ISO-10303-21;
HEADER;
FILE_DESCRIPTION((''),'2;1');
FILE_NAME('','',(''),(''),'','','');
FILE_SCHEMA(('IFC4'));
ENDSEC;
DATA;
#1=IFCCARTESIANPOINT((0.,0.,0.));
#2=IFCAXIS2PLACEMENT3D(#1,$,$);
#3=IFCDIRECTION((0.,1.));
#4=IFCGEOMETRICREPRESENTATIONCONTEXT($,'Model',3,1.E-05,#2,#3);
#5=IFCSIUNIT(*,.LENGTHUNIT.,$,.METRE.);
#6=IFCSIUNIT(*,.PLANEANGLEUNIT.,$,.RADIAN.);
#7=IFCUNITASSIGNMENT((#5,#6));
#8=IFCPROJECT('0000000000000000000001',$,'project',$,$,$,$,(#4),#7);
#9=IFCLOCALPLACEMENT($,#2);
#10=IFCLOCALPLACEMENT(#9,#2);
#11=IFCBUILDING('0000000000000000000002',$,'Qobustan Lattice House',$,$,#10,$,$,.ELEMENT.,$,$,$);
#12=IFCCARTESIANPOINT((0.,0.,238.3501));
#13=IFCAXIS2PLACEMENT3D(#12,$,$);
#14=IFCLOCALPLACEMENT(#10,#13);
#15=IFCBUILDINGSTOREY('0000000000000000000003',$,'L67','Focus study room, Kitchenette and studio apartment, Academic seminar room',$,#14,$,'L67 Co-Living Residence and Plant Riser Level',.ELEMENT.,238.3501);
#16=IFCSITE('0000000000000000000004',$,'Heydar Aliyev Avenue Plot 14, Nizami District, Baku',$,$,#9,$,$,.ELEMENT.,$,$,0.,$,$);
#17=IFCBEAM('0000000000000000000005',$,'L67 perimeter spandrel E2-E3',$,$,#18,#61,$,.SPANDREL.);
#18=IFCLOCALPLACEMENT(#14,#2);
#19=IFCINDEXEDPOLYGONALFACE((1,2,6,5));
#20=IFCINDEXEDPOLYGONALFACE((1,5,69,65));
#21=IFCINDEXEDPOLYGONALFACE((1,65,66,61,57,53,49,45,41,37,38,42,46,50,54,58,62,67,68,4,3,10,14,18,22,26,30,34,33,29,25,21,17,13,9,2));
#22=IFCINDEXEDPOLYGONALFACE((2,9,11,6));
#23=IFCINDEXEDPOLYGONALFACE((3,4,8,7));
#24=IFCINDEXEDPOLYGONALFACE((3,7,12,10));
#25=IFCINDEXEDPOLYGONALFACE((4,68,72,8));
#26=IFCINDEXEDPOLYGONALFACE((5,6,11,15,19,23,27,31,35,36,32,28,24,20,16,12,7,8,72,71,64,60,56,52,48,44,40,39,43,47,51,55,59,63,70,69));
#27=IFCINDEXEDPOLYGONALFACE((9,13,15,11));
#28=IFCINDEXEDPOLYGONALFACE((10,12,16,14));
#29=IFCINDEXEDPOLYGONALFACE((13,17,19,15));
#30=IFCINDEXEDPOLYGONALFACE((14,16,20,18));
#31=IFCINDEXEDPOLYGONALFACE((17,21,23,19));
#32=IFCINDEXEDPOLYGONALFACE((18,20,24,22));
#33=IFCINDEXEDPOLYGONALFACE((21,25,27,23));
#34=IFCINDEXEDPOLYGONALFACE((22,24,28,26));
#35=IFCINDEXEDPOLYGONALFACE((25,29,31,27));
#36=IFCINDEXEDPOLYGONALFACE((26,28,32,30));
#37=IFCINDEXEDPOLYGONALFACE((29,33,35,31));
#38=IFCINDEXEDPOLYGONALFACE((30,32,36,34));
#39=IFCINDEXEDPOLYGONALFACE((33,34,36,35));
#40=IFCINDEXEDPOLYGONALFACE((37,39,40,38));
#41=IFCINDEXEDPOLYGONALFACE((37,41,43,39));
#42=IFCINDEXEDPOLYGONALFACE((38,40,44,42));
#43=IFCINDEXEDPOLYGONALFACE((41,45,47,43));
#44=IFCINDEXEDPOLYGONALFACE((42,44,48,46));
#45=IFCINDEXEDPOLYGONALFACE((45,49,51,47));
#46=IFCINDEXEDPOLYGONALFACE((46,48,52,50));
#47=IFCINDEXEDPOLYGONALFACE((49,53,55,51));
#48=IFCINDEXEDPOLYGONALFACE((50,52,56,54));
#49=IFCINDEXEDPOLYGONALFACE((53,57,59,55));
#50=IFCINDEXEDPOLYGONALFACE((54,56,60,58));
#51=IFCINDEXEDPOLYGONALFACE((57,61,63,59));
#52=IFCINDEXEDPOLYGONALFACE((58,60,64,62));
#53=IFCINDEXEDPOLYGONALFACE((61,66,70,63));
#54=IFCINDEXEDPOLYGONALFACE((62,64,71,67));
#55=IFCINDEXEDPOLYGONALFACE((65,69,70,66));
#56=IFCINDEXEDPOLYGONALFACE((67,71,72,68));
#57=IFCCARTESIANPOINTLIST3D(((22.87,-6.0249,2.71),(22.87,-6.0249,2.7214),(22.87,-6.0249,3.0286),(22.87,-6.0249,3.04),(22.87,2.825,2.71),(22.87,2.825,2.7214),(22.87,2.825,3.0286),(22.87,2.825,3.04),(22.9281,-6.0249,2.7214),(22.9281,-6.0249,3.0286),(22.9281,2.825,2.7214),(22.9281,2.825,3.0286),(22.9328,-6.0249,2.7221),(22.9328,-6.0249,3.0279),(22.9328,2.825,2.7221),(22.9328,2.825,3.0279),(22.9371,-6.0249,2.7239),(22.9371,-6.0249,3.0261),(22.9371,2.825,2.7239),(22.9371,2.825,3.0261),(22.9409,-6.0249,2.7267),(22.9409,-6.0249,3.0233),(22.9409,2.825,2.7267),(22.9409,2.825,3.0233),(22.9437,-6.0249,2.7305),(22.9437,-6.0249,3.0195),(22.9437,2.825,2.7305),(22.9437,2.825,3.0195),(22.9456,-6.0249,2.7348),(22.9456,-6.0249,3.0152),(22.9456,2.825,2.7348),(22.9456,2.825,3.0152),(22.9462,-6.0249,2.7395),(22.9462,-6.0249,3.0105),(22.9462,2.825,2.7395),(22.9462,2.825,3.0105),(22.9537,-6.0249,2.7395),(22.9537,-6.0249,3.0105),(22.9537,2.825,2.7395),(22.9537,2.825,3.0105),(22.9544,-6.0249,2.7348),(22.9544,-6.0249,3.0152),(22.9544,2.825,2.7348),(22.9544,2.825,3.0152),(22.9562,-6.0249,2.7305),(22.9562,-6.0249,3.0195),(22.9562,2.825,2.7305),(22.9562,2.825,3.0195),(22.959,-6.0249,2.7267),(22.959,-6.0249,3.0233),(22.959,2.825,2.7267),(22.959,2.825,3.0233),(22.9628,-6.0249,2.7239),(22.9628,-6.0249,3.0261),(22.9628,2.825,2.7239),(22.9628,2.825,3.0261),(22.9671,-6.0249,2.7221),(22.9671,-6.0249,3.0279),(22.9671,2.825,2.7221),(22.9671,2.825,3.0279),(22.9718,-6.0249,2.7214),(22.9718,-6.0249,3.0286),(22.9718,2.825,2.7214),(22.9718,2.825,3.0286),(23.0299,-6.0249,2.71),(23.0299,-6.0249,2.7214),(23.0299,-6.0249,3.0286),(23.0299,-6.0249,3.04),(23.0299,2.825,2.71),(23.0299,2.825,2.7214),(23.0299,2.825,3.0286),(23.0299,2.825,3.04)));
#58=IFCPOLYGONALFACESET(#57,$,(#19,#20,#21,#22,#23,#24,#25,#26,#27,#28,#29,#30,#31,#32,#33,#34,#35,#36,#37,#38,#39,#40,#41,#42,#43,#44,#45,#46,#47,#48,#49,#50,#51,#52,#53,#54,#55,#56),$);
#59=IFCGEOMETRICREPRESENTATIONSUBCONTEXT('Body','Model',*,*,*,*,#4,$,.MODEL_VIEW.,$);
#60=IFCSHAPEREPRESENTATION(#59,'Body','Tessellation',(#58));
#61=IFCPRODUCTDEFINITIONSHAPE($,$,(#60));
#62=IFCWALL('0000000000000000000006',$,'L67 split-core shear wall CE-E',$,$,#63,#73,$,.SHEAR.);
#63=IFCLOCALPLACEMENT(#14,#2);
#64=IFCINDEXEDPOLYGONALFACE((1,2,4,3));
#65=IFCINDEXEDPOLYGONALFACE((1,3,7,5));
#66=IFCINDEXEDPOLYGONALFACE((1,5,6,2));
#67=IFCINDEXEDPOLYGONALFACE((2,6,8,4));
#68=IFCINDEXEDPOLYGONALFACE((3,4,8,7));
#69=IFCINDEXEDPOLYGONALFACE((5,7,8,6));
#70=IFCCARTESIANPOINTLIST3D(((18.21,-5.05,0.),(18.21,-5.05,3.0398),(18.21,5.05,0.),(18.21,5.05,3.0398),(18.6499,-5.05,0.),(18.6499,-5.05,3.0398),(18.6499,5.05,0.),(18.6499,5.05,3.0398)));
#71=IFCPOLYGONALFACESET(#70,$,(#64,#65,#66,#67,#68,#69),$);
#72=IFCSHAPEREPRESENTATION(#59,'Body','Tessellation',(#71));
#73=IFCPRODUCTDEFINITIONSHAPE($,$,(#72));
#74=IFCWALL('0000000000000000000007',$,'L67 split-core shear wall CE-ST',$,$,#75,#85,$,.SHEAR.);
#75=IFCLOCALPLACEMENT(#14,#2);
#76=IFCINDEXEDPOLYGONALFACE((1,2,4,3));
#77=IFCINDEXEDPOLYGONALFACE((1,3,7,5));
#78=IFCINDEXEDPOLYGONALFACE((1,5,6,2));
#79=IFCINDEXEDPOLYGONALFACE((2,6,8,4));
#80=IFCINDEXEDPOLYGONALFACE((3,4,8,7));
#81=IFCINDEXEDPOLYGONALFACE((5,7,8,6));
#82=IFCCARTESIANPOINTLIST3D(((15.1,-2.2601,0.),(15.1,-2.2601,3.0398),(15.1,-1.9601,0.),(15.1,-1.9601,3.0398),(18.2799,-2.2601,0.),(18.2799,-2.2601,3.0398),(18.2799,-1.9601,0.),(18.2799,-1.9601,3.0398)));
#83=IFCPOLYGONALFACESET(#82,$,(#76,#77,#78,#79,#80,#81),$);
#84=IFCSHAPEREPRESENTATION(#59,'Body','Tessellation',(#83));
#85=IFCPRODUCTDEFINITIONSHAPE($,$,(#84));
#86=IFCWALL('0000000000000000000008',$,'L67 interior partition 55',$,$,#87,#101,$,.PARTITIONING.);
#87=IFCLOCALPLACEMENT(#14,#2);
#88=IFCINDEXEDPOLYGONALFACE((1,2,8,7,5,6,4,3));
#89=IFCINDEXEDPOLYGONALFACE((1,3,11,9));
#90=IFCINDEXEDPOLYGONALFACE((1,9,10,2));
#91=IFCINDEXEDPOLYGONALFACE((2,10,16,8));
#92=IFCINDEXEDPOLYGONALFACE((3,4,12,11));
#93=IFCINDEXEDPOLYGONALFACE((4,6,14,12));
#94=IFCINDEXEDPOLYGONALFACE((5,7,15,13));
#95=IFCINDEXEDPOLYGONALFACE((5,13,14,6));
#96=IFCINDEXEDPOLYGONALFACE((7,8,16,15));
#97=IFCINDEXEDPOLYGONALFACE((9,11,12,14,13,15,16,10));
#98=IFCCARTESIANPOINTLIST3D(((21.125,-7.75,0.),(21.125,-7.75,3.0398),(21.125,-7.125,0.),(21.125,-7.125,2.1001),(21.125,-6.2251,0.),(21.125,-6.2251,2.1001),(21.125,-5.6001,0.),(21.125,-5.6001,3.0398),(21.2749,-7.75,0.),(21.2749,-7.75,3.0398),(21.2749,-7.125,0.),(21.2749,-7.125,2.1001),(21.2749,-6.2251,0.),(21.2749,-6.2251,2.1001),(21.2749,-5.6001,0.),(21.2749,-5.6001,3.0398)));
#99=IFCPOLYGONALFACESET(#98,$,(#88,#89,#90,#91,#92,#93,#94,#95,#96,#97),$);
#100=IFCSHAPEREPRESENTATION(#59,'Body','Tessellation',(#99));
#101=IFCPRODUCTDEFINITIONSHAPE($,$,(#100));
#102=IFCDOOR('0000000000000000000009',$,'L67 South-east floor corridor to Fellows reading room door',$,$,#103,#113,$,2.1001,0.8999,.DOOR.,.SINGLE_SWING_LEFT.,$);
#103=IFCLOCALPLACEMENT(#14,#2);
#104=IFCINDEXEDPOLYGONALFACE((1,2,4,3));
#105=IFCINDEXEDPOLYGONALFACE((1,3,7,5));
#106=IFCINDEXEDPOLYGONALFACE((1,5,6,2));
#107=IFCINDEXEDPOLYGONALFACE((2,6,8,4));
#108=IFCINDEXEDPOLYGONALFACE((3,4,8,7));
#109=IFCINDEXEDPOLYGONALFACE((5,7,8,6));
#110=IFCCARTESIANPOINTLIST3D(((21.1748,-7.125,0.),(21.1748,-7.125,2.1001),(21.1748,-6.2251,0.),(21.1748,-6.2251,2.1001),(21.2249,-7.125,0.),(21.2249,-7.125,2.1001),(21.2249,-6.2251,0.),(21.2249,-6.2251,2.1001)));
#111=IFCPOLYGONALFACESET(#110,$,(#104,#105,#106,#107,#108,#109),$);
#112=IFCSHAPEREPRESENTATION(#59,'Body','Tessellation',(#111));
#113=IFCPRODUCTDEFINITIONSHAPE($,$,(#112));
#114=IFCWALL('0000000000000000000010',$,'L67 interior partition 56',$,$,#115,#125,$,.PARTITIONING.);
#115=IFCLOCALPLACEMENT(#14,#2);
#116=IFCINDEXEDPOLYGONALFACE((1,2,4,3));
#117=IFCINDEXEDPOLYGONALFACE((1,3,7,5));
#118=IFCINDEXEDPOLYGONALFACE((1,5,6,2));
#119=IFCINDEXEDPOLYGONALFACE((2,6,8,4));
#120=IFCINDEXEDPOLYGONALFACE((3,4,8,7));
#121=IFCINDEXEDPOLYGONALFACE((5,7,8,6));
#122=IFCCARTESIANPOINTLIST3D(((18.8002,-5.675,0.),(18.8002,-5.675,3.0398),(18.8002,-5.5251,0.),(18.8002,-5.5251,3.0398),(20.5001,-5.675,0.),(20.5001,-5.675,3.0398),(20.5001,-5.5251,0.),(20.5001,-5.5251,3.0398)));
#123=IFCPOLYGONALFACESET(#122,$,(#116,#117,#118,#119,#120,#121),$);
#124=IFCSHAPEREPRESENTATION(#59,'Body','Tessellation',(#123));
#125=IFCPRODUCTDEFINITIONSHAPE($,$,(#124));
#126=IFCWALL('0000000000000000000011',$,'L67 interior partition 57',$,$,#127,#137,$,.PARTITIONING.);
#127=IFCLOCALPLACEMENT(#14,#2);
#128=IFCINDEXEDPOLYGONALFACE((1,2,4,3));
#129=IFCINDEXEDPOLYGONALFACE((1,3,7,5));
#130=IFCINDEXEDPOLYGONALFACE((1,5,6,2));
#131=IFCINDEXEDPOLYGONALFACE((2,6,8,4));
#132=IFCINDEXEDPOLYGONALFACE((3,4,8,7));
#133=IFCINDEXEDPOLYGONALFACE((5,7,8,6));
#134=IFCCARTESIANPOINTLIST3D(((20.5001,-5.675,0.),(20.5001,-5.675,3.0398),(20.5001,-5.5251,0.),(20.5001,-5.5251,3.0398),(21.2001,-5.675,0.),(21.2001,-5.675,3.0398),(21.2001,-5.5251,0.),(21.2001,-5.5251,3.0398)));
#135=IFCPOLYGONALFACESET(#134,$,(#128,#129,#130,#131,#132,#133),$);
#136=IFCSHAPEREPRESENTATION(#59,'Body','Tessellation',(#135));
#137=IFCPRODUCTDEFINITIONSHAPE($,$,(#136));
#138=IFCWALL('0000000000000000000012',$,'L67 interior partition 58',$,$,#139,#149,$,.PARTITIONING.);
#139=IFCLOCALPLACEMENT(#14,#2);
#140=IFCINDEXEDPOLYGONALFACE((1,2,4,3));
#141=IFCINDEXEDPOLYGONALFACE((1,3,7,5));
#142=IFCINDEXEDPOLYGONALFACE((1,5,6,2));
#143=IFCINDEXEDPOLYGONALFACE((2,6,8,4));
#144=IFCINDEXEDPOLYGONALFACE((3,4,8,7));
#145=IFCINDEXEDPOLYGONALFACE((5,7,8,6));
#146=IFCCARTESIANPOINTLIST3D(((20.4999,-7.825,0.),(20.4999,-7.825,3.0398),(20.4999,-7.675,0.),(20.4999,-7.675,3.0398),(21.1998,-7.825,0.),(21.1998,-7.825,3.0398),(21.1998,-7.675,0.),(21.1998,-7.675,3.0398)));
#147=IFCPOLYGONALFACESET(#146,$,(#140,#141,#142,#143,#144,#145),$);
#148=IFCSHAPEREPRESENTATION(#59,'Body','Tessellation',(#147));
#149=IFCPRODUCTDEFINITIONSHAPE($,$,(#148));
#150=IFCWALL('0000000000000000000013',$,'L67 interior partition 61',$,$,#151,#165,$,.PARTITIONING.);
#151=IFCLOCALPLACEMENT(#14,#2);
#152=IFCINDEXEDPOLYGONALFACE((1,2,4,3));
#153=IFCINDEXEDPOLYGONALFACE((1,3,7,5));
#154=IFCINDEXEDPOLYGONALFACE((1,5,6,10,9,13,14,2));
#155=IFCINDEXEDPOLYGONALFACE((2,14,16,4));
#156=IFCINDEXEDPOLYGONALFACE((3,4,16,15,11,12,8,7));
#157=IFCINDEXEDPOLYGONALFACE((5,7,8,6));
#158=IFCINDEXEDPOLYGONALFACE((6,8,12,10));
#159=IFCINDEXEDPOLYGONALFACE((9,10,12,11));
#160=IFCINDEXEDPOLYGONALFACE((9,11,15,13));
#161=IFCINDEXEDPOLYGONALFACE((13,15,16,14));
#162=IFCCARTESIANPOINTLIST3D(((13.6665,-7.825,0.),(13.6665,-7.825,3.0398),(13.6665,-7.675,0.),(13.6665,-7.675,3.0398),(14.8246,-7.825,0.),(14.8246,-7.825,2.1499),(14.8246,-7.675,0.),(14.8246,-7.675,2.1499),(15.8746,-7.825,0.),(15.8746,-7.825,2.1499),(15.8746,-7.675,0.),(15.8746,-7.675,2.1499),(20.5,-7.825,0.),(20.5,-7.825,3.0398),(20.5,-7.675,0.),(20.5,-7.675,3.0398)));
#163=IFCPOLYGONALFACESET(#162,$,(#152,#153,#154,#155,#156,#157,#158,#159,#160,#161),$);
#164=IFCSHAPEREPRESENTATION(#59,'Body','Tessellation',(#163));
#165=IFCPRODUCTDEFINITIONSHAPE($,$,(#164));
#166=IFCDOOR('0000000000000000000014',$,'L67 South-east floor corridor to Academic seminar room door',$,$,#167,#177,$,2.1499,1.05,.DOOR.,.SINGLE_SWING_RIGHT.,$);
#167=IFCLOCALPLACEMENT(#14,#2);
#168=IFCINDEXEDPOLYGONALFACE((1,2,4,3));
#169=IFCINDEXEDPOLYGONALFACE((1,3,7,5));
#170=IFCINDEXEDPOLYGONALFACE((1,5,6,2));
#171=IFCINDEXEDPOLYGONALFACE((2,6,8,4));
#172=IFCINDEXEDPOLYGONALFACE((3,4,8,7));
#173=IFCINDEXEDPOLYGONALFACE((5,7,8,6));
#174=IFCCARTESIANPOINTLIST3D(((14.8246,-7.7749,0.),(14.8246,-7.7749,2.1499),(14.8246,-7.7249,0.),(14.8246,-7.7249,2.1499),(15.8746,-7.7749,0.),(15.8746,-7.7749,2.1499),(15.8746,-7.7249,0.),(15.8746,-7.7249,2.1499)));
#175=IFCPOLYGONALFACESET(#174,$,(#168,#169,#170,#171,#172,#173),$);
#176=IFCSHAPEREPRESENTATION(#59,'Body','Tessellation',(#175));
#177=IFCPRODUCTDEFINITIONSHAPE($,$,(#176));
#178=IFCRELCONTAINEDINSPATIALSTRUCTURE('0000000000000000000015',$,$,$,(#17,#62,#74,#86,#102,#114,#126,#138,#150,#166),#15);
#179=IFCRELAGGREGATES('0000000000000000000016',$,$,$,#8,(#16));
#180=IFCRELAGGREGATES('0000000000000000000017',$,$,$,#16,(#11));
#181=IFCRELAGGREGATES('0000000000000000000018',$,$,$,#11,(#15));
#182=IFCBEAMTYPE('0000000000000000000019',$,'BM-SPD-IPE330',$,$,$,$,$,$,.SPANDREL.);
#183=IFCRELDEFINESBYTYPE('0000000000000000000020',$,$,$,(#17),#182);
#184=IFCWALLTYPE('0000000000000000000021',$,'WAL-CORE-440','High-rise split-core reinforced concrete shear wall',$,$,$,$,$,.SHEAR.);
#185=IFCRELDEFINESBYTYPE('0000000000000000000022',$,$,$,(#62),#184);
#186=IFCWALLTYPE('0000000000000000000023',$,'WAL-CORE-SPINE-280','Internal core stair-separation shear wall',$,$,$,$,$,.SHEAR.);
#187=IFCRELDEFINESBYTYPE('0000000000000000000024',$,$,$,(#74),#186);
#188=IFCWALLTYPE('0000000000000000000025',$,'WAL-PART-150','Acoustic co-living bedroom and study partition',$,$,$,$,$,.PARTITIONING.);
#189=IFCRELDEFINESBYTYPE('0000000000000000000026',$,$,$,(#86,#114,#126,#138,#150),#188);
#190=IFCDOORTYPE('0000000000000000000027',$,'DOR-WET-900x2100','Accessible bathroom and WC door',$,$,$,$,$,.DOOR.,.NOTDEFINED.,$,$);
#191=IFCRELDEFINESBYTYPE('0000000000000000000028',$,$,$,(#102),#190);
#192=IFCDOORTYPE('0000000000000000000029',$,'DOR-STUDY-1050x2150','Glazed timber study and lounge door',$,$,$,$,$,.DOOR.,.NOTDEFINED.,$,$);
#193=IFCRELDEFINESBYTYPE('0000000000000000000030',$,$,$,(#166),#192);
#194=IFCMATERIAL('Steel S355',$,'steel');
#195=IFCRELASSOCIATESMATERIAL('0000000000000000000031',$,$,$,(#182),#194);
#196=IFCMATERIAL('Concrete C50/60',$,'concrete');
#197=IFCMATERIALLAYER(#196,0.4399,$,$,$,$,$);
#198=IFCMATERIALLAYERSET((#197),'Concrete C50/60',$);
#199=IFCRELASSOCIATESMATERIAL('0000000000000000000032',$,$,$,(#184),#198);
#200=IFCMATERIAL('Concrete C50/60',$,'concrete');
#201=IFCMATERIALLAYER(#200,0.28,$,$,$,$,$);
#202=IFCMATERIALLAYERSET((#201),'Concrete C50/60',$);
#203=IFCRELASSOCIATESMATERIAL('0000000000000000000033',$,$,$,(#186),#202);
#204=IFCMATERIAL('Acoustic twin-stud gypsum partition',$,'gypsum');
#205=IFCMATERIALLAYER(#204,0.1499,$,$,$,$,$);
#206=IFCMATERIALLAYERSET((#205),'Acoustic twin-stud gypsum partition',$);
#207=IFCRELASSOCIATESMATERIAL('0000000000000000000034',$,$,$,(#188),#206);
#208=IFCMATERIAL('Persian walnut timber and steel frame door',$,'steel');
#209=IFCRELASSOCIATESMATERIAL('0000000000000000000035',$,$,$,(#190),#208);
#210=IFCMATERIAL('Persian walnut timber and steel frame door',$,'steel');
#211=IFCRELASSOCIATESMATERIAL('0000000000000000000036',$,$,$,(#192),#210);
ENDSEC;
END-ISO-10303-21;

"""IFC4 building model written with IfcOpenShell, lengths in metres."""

from ifc_helpers import new_model, si_unit, direction, frame, frame_2d, origin, origin_2d, place, context, subcontext, project, spatial, rectangle, i_section, extrude, material, layer, layer_set, material_profile, profile_set, type_object, element, fill, save


model = new_model("IFC4")

# Units and contexts
model_context = context("Model", 3, precision=1e-05, world=origin(), true_north=direction((0.0, 1.0)))
body_context = subcontext(model_context, "Body", "Model", "MODEL_VIEW")
ifc_project = project(units=[si_unit("LENGTHUNIT", "METRE"), si_unit("PLANEANGLEUNIT", "RADIAN")], contexts=[model_context])

# Site, building, storey
site_placement = place(None, origin())
site = spatial("IfcSite", under=ifc_project, at=site_placement, Name="Heydar Aliyev Avenue Plot 14, Nizami District, Baku", CompositionType="ELEMENT", RefElevation=0.0)
building_placement = place(site_placement, origin())
building = spatial("IfcBuilding", under=site, at=building_placement, Name="Qobustan Lattice House", CompositionType="ELEMENT")
storey_placement = place(building_placement, frame((0.0, 0.0, 238.3501)))
storey = spatial("IfcBuildingStorey", under=building, at=storey_placement, Name="L67", Description="Focus study room, Kitchenette and studio apartment, Academic seminar room", LongName="L67 Co-Living Residence and Plant Riser Level", CompositionType="ELEMENT", Elevation=238.3501)

# Beam
ifc_material_1 = material(Name="Steel S355", Category="steel")
ifc_material_profile_1 = material_profile(ifc_material_1, i_section(OverallWidth=0.1599, OverallDepth=0.3301, WebThickness=0.0076, FlangeThickness=0.0115, FilletRadius=0.0181, at=origin_2d()), Name="IPE330")
ifc_profile_set_1 = profile_set([ifc_material_profile_1], Name="Steel S355")
beam_type_1 = type_object("IfcBeamType", Name="BM-SPD-IPE330", PredefinedType="SPANDREL", material=ifc_profile_set_1)
beam_1_placement = place(storey_placement, frame((22.95, -6.0249, 2.875), z_axis=(0.0, 1.0, 0.0), x_axis=(-1.0, 0.0, 0.0)))
element("IfcBeam", 1, at=beam_1_placement, inside=storey, type_object=beam_type_1, Name="L67 perimeter spandrel E2-E3", PredefinedType="SPANDREL", context=body_context, shape_type="SweptSolid", body=[
    extrude(i_section(OverallWidth=0.1599, OverallDepth=0.3301, WebThickness=0.0076, FlangeThickness=0.0115, FilletRadius=0.0181, at=origin_2d()), origin(), (0.0, 0.0, 1.0), 8.8499),
])

# Walls
ifc_material_2 = material(Name="Concrete C50/60", Category="concrete")
ifc_layer_1 = layer(ifc_material_2, 0.4399)
ifc_layer_set_1 = layer_set([ifc_layer_1], Name="Concrete C50/60")
wall_type_1 = type_object("IfcWallType", Name="WAL-CORE-440", Description="High-rise split-core reinforced concrete shear wall", PredefinedType="SHEAR", material=ifc_layer_set_1)
wall_1_placement = place(storey_placement, frame((18.4299, -5.05, 0.0), z_axis=(0.0, 0.0, 1.0), x_axis=(0.0, 1.0, 0.0)))
element("IfcWall", 2, at=wall_1_placement, inside=storey, type_object=wall_type_1, Name="L67 split-core shear wall CE-E", PredefinedType="SHEAR", context=body_context, shape_type="SweptSolid", body=[
    extrude(rectangle(XDim=10.1001, YDim=0.4399, at=frame_2d((5.05, 0.0))), origin(), (0.0, 0.0, 1.0), 3.0398),
])
ifc_material_3 = material(Name="Concrete C50/60", Category="concrete")
ifc_layer_2 = layer(ifc_material_3, 0.28)
ifc_layer_set_2 = layer_set([ifc_layer_2], Name="Concrete C50/60")
wall_type_2 = type_object("IfcWallType", Name="WAL-CORE-SPINE-280", Description="Internal core stair-separation shear wall", PredefinedType="SHEAR", material=ifc_layer_set_2)
wall_2_placement = place(storey_placement, frame((15.1001, -2.1101, 0.0), z_axis=(0.0, 0.0, 1.0), x_axis=(1.0, 0.0, 0.0)))
element("IfcWall", 3, at=wall_2_placement, inside=storey, type_object=wall_type_2, Name="L67 split-core shear wall CE-ST", PredefinedType="SHEAR", context=body_context, shape_type="SweptSolid", body=[
    extrude(rectangle(XDim=3.1799, YDim=0.3, at=frame_2d((1.5898, 0.0))), origin(), (0.0, 0.0, 1.0), 3.0398),
])

# Wall, opening, door
ifc_material_4 = material(Name="Acoustic twin-stud gypsum partition", Category="gypsum")
ifc_layer_3 = layer(ifc_material_4, 0.1499)
ifc_layer_set_3 = layer_set([ifc_layer_3], Name="Acoustic twin-stud gypsum partition")
wall_type_3 = type_object("IfcWallType", Name="WAL-PART-150", Description="Acoustic co-living bedroom and study partition", PredefinedType="PARTITIONING", material=ifc_layer_set_3)
wall_3_placement = place(storey_placement, frame((21.2, -5.6001, 0.0), z_axis=(0.0, 0.0, 1.0), x_axis=(0.0, -1.0, 0.0)))
wall_3 = element("IfcWall", 4, at=wall_3_placement, inside=storey, type_object=wall_type_3, Name="L67 interior partition 55", PredefinedType="PARTITIONING", context=body_context, shape_type="SweptSolid", body=[
    extrude(rectangle(XDim=2.1499, YDim=0.1499, at=frame_2d((1.075, 0.0))), origin(), (0.0, 0.0, 1.0), 3.0398),
])
opening_1_placement = place(wall_3_placement, frame((0.625, 0.0, 0.0)))
opening_1 = element("IfcOpeningElement", 5, at=opening_1_placement, cuts=wall_3, PredefinedType="OPENING", context=body_context, shape_type="SweptSolid", body=[
    extrude(rectangle(XDim=0.8999, YDim=2.1001, at=frame_2d((0.45, 1.05))), frame((0.0, 0.085, 0.0), z_axis=(0.0, -1.0, 0.0), x_axis=(1.0, 0.0, 0.0)), (0.0, 0.0, 1.0), 0.1699),
])
ifc_material_5 = material(Name="Persian walnut timber and steel frame door", Category="steel")
door_type_1 = type_object("IfcDoorType", Name="DOR-WET-900x2100", Description="Accessible bathroom and WC door", OperationType="NOTDEFINED", PredefinedType="DOOR", material=ifc_material_5)
door_1_placement = place(opening_1_placement, origin())
door_1 = element("IfcDoor", 6, at=door_1_placement, inside=storey, type_object=door_type_1, Name="L67 South-east floor corridor to Fellows reading room door", OperationType="SINGLE_SWING_LEFT", OverallHeight=2.1001, OverallWidth=0.8999, PredefinedType="DOOR", context=body_context, shape_type="SweptSolid", body=[
    extrude(rectangle(XDim=0.8999, YDim=2.1001, at=frame_2d((0.45, 1.05))), frame((0.0, 0.0249, 0.0), z_axis=(0.0, -1.0, 0.0), x_axis=(1.0, 0.0, 0.0)), (0.0, 0.0, 1.0), 0.05),
])
fill(opening_1, door_1)

# Walls
wall_4_placement = place(storey_placement, frame((18.8, -5.6001, 0.0), z_axis=(0.0, 0.0, 1.0), x_axis=(1.0, 0.0, 0.0)))
element("IfcWall", 7, at=wall_4_placement, inside=storey, type_object=wall_type_3, Name="L67 interior partition 56", PredefinedType="PARTITIONING", context=body_context, shape_type="SweptSolid", body=[
    extrude(rectangle(XDim=1.7, YDim=0.1499, at=frame_2d((0.8501, 0.0))), origin(), (0.0, 0.0, 1.0), 3.0398),
])
for number, where, z_axis, x_axis, name in (
    (8, (20.5, -5.6001, 0.0), (0.0, 0.0, 1.0), (1.0, 0.0, 0.0), "L67 interior partition 57"),
    (9, (21.2, -7.75, 0.0), (0.0, 0.0, 1.0), (-1.0, 0.0, 0.0), "L67 interior partition 58"),
):
    element("IfcWall", number, at=place(storey_placement, frame(where, z_axis=z_axis, x_axis=x_axis)), inside=storey, type_object=wall_type_3, Name=name, PredefinedType="PARTITIONING", context=body_context, shape_type="SweptSolid", body=[
        extrude(rectangle(XDim=0.7, YDim=0.1499, at=frame_2d((0.3501, 0.0))), origin(), (0.0, 0.0, 1.0), 3.0398),
    ])

# Wall, opening, door
wall_5_placement = place(storey_placement, frame((20.5, -7.75, 0.0), z_axis=(0.0, 0.0, 1.0), x_axis=(-1.0, 0.0, 0.0)))
wall_5 = element("IfcWall", 10, at=wall_5_placement, inside=storey, type_object=wall_type_3, Name="L67 interior partition 61", PredefinedType="PARTITIONING", context=body_context, shape_type="SweptSolid", body=[
    extrude(rectangle(XDim=6.8335, YDim=0.1499, at=frame_2d((3.4167, 0.0))), origin(), (0.0, 0.0, 1.0), 3.0398),
])
opening_2_placement = place(wall_5_placement, frame((4.6255, 0.0, 0.0)))
opening_2 = element("IfcOpeningElement", 11, at=opening_2_placement, cuts=wall_5, PredefinedType="OPENING", context=body_context, shape_type="SweptSolid", body=[
    extrude(rectangle(XDim=1.05, YDim=2.1499, at=frame_2d((0.5249, 1.075))), frame((0.0, 0.085, 0.0), z_axis=(0.0, -1.0, 0.0), x_axis=(1.0, 0.0, 0.0)), (0.0, 0.0, 1.0), 0.1699),
])
ifc_material_6 = material(Name="Persian walnut timber and steel frame door", Category="steel")
door_type_2 = type_object("IfcDoorType", Name="DOR-STUDY-1050x2150", Description="Glazed timber study and lounge door", OperationType="NOTDEFINED", PredefinedType="DOOR", material=ifc_material_6)
door_2_placement = place(opening_2_placement, origin())
door_2 = element("IfcDoor", 12, at=door_2_placement, inside=storey, type_object=door_type_2, Name="L67 South-east floor corridor to Academic seminar room door", OperationType="SINGLE_SWING_RIGHT", OverallHeight=2.1499, OverallWidth=1.05, PredefinedType="DOOR", context=body_context, shape_type="SweptSolid", body=[
    extrude(rectangle(XDim=1.05, YDim=2.1499, at=frame_2d((0.5249, 1.075))), frame((0.0, 0.0249, 0.0), z_axis=(0.0, -1.0, 0.0), x_axis=(1.0, 0.0, 0.0)), (0.0, 0.0, 1.0), 0.05),
])
fill(opening_2, door_2)

save(model, "model.ifc")
